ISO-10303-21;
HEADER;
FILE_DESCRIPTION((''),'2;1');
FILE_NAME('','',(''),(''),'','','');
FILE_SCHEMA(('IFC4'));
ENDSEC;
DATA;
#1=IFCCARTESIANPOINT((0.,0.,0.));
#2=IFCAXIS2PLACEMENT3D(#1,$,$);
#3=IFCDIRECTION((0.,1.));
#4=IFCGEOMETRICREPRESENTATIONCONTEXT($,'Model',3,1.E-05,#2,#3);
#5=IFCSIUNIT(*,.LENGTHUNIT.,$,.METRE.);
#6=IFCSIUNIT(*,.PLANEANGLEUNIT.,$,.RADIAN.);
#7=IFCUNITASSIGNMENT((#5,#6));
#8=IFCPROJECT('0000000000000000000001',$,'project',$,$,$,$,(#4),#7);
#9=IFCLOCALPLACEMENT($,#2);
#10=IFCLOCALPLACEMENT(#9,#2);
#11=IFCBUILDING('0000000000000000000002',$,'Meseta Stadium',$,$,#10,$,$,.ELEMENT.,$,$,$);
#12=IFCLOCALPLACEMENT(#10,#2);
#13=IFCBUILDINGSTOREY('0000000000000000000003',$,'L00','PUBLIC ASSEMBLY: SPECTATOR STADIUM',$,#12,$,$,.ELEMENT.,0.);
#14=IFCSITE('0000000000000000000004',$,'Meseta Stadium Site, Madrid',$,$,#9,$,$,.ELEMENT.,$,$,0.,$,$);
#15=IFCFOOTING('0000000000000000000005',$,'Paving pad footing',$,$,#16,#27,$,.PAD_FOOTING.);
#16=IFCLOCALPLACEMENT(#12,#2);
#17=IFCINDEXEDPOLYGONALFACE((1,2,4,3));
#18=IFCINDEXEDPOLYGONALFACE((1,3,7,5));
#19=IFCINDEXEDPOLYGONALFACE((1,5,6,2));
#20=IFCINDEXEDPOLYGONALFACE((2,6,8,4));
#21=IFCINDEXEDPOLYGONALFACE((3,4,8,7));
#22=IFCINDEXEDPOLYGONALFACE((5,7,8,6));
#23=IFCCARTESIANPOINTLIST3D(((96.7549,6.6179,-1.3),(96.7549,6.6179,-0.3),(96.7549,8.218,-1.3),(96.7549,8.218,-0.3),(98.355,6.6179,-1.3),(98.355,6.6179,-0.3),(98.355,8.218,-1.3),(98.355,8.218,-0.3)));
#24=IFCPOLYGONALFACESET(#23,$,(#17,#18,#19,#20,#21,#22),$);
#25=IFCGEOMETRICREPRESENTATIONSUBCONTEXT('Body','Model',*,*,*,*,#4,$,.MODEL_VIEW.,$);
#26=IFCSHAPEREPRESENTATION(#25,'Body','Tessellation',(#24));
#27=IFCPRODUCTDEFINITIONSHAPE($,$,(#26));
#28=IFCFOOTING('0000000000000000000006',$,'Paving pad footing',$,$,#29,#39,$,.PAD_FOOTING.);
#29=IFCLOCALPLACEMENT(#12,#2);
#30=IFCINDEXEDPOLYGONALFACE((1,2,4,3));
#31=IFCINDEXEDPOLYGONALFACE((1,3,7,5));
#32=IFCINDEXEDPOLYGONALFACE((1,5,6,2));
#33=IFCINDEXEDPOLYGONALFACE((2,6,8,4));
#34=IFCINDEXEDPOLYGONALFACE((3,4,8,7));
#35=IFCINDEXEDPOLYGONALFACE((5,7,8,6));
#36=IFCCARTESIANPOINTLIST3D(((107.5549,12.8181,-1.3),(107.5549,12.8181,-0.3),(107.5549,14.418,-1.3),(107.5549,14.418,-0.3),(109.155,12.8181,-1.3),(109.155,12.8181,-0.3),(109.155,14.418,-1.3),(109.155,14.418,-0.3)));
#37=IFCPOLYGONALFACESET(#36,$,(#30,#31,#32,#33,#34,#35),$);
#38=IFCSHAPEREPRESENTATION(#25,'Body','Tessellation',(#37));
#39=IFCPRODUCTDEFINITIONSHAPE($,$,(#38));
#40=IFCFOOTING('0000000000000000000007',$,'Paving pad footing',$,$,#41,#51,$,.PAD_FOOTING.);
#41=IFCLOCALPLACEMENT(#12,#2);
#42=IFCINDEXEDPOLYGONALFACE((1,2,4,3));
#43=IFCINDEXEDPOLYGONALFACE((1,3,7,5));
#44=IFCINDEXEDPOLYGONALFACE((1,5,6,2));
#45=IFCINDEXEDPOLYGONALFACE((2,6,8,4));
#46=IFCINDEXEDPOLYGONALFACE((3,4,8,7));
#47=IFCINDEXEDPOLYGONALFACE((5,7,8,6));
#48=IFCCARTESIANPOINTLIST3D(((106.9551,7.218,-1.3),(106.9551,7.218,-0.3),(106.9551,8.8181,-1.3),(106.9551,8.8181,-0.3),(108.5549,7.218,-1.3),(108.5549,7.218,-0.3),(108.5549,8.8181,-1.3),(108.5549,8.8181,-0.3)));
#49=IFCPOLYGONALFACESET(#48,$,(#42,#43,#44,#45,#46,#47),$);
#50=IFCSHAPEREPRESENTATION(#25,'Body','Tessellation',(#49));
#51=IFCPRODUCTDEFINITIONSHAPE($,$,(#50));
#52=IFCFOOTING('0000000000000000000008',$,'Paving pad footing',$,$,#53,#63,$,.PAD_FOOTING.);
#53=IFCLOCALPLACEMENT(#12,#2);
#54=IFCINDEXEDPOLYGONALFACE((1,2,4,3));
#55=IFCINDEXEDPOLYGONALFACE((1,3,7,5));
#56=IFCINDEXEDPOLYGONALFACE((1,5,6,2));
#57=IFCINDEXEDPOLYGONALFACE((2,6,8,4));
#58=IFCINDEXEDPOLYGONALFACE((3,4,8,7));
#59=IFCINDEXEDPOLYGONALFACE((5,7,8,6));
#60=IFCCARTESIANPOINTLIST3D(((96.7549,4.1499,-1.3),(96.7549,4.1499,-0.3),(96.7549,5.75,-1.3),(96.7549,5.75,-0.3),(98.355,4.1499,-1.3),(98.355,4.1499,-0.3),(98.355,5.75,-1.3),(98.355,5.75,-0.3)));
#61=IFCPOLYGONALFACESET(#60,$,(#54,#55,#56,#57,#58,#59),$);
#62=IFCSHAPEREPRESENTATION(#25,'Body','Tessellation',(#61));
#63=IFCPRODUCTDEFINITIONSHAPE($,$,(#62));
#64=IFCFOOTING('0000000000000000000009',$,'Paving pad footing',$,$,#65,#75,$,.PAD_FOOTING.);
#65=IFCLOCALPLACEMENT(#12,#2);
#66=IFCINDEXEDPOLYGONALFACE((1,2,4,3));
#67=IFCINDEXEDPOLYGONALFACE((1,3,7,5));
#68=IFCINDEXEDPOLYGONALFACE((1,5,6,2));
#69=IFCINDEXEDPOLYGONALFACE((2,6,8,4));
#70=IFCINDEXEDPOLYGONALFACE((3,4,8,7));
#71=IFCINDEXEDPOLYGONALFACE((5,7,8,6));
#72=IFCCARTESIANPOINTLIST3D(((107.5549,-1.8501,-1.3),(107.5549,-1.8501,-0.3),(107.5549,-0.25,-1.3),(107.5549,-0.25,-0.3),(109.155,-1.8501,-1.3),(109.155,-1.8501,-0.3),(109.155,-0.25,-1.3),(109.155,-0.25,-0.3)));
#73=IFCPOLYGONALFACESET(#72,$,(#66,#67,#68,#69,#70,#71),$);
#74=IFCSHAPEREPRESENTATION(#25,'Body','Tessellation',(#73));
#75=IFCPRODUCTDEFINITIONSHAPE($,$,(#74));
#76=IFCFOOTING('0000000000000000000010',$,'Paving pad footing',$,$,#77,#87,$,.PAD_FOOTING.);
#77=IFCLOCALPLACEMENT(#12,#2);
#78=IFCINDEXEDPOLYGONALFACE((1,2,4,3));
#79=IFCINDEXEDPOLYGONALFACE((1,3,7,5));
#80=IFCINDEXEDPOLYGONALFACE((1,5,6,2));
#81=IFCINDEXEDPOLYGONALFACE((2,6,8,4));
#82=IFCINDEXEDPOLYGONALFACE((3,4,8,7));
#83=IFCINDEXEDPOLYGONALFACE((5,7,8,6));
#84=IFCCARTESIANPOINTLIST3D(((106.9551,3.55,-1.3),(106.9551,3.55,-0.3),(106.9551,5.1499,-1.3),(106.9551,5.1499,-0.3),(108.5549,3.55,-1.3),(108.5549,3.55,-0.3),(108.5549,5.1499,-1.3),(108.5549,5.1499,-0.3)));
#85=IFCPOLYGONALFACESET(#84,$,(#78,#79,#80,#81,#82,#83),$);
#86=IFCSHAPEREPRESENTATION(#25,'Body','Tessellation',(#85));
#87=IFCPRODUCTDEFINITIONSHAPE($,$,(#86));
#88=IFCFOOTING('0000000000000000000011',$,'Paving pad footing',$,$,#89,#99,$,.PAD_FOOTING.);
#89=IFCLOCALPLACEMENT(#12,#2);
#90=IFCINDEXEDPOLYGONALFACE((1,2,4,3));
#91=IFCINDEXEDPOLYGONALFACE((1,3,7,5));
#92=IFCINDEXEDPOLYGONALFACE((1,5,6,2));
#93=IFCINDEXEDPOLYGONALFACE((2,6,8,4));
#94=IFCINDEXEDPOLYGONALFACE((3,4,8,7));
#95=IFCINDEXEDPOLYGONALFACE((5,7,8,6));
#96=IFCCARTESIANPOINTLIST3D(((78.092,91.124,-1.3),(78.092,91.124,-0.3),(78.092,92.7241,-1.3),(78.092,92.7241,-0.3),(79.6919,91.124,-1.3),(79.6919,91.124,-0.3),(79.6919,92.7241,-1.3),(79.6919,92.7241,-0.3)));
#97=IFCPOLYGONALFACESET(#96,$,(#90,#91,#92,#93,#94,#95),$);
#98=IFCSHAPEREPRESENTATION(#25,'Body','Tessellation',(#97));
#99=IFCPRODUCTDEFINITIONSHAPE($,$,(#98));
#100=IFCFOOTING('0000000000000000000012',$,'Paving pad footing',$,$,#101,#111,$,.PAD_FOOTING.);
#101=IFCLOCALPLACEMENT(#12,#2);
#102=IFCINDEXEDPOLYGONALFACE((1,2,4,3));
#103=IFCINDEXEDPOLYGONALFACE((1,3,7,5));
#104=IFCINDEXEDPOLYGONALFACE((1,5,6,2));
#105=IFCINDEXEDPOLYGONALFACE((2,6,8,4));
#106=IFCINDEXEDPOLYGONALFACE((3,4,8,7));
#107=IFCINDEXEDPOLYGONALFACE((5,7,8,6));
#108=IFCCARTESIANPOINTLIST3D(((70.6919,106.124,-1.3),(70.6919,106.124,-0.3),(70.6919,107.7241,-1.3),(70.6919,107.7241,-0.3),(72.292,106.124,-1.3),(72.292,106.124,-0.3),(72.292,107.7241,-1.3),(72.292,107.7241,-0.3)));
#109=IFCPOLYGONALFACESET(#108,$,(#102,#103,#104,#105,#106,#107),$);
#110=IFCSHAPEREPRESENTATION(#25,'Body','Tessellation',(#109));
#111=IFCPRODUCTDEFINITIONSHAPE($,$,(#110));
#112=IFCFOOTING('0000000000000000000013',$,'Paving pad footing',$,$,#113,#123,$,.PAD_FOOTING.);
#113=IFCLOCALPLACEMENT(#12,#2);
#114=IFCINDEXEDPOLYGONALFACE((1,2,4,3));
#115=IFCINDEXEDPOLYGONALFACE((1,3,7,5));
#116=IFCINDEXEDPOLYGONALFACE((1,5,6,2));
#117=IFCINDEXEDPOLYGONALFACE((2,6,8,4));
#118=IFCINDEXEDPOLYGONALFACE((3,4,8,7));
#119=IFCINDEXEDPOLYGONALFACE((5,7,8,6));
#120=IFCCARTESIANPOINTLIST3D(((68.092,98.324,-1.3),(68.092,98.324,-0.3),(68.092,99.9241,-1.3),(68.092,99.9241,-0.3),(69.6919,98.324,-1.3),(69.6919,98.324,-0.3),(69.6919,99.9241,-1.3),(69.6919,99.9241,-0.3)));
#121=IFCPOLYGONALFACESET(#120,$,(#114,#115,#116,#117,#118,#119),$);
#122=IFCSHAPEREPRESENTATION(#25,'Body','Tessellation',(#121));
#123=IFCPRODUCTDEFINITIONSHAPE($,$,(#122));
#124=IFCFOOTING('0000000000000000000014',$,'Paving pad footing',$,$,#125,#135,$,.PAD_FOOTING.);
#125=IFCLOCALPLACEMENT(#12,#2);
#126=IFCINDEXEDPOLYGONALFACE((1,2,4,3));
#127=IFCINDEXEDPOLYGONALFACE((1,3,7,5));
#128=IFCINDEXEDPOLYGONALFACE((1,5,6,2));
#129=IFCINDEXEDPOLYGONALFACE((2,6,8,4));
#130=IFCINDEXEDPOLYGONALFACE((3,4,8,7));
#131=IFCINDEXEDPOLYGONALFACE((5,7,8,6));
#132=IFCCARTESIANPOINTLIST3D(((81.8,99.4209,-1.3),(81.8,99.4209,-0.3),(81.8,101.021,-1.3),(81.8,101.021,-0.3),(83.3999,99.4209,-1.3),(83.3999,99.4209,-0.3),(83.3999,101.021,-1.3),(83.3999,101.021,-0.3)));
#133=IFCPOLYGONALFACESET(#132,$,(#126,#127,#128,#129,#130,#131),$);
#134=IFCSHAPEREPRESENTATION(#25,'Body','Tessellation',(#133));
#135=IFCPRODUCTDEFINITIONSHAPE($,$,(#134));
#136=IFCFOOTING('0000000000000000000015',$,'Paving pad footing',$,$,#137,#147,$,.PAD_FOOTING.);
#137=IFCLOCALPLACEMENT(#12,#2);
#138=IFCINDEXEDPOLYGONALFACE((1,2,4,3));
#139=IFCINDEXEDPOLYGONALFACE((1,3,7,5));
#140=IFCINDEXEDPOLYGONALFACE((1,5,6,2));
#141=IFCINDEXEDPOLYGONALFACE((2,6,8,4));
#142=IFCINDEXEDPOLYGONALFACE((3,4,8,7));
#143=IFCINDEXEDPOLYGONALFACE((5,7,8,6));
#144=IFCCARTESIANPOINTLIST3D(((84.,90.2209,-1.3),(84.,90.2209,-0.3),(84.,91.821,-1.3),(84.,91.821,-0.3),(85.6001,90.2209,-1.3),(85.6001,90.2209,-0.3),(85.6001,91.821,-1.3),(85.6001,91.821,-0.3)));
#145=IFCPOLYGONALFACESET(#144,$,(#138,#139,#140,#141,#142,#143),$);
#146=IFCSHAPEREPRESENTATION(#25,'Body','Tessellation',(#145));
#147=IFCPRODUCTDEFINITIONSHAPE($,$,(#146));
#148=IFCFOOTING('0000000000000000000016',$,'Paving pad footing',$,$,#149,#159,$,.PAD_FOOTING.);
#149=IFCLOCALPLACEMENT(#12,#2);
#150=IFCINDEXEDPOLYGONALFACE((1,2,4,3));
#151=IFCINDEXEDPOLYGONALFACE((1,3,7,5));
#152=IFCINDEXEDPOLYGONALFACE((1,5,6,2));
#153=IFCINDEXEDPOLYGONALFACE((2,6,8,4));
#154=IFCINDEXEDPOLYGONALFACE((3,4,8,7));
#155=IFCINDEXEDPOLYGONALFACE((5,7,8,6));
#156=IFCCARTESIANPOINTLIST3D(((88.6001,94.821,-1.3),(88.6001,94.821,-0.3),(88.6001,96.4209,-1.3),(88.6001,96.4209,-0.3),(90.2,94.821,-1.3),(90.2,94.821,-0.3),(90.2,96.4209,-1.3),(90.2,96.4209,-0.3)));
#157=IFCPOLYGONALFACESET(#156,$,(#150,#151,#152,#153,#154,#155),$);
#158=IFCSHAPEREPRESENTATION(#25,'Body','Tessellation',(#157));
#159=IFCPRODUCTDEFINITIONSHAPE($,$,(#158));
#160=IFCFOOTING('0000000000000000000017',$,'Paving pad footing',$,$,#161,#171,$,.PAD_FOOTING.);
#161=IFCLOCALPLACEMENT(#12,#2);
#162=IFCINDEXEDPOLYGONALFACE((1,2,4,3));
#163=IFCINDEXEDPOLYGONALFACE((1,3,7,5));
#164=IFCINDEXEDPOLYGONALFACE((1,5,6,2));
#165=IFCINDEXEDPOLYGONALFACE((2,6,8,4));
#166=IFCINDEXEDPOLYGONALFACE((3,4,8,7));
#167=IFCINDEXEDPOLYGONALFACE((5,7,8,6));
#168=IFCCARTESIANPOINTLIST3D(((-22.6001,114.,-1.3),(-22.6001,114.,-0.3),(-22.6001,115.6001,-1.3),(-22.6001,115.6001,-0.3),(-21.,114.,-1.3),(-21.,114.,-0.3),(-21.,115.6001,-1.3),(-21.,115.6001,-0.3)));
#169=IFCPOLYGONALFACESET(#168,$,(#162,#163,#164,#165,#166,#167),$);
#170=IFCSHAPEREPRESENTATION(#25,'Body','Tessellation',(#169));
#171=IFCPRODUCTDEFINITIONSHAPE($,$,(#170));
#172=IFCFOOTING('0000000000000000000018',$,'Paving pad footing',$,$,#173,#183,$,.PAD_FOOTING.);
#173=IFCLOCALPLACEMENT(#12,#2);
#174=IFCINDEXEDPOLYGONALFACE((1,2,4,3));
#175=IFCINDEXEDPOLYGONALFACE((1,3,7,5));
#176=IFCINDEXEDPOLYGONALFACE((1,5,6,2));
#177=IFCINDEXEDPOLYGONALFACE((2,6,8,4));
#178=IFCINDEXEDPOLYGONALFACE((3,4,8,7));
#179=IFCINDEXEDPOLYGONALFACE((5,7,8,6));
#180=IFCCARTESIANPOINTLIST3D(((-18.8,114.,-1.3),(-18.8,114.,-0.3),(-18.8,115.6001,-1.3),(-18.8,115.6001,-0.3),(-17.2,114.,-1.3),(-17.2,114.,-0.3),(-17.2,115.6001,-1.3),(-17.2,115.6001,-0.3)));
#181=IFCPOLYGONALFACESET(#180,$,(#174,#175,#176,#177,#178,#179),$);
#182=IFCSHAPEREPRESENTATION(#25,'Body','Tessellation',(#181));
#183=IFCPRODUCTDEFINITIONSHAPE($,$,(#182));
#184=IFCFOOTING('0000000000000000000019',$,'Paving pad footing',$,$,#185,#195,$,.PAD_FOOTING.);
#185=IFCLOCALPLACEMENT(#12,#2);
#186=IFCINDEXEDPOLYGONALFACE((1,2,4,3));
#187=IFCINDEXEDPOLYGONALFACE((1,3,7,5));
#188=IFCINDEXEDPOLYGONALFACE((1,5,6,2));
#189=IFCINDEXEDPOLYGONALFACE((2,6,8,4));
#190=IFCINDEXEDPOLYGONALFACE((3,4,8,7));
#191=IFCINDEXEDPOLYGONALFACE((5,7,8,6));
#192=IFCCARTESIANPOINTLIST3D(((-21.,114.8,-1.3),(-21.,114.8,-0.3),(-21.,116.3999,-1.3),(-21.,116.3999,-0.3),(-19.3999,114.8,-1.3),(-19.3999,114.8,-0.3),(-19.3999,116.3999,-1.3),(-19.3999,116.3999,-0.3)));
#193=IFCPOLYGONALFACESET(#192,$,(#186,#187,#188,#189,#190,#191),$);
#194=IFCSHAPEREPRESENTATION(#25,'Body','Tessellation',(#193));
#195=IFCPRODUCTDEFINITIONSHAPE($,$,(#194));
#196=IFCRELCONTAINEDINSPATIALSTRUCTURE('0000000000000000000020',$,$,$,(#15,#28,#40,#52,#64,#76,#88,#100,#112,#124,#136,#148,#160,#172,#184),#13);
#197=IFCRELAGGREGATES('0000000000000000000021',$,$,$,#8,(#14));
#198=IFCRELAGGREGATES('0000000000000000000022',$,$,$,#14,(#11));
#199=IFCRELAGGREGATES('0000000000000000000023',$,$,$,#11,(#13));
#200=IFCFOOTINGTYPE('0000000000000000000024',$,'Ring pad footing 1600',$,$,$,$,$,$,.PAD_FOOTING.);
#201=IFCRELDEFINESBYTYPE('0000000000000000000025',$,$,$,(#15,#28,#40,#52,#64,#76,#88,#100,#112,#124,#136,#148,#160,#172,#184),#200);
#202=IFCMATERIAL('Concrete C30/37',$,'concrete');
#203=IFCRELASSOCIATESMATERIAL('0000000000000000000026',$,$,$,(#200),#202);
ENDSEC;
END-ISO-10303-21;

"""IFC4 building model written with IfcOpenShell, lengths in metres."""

from ifc_helpers import new_model, si_unit, direction, frame, origin, place, context, subcontext, project, spatial, polyline, outline, extrude, material, type_object, element, save


model = new_model("IFC4")

# Units and contexts
model_context = context("Model", 3, precision=1e-05, world=origin(), true_north=direction((0.0, 1.0)))
body_context = subcontext(model_context, "Body", "Model", "MODEL_VIEW")
ifc_project = project(units=[si_unit("LENGTHUNIT", "METRE"), si_unit("PLANEANGLEUNIT", "RADIAN")], contexts=[model_context])

# Site, building, storey
site_placement = place(None, origin())
site = spatial("IfcSite", under=ifc_project, at=site_placement, Name="Meseta Stadium Site, Madrid", CompositionType="ELEMENT", RefElevation=0.0)
building_placement = place(site_placement, origin())
building = spatial("IfcBuilding", under=site, at=building_placement, Name="Meseta Stadium", CompositionType="ELEMENT")
storey_placement = place(building_placement, origin())
storey = spatial("IfcBuildingStorey", under=building, at=storey_placement, Name="L00", Description="PUBLIC ASSEMBLY: SPECTATOR STADIUM", CompositionType="ELEMENT", Elevation=0.0)

# Footings
ifc_material_1 = material(Name="Concrete C30/37", Category="concrete")
footing_type_1 = type_object("IfcFootingType", Name="Ring pad footing 1600", PredefinedType="PAD_FOOTING", material=ifc_material_1)
footing_1_placement = place(storey_placement, frame((0.0, 0.0, -1.3)))
element("IfcFooting", 1, at=footing_1_placement, inside=storey, type_object=footing_type_1, Name="Paving pad footing", PredefinedType="PAD_FOOTING", context=body_context, shape_type="SweptSolid", body=[
    extrude(outline(polyline([(98.355, 6.6179), (98.355, 8.218), (96.7549, 8.218), (96.7549, 6.6179), (98.355, 6.6179)])), origin(), (0.0, 0.0, 1.0), 1.0),
])
footing_2_placement = place(storey_placement, frame((0.0, 0.0, -1.3)))
element("IfcFooting", 2, at=footing_2_placement, inside=storey, type_object=footing_type_1, Name="Paving pad footing", PredefinedType="PAD_FOOTING", context=body_context, shape_type="SweptSolid", body=[
    extrude(outline(polyline([(109.155, 12.8181), (109.155, 14.418), (107.5549, 14.418), (107.5549, 12.8181), (109.155, 12.8181)])), origin(), (0.0, 0.0, 1.0), 1.0),
])
footing_3_placement = place(storey_placement, frame((0.0, 0.0, -1.3)))
element("IfcFooting", 3, at=footing_3_placement, inside=storey, type_object=footing_type_1, Name="Paving pad footing", PredefinedType="PAD_FOOTING", context=body_context, shape_type="SweptSolid", body=[
    extrude(outline(polyline([(108.5549, 7.218), (108.5549, 8.8181), (106.9551, 8.8181), (106.9551, 7.218), (108.5549, 7.218)])), origin(), (0.0, 0.0, 1.0), 1.0),
])
footing_4_placement = place(storey_placement, frame((0.0, 0.0, -1.3)))
element("IfcFooting", 4, at=footing_4_placement, inside=storey, type_object=footing_type_1, Name="Paving pad footing", PredefinedType="PAD_FOOTING", context=body_context, shape_type="SweptSolid", body=[
    extrude(outline(polyline([(98.355, 4.1499), (98.355, 5.75), (96.7549, 5.75), (96.7549, 4.1499), (98.355, 4.1499)])), origin(), (0.0, 0.0, 1.0), 1.0),
])
footing_5_placement = place(storey_placement, frame((0.0, 0.0, -1.3)))
element("IfcFooting", 5, at=footing_5_placement, inside=storey, type_object=footing_type_1, Name="Paving pad footing", PredefinedType="PAD_FOOTING", context=body_context, shape_type="SweptSolid", body=[
    extrude(outline(polyline([(109.155, -1.8501), (109.155, -0.25), (107.5549, -0.25), (107.5549, -1.8501), (109.155, -1.8501)])), origin(), (0.0, 0.0, 1.0), 1.0),
])
footing_6_placement = place(storey_placement, frame((0.0, 0.0, -1.3)))
element("IfcFooting", 6, at=footing_6_placement, inside=storey, type_object=footing_type_1, Name="Paving pad footing", PredefinedType="PAD_FOOTING", context=body_context, shape_type="SweptSolid", body=[
    extrude(outline(polyline([(108.5549, 3.55), (108.5549, 5.1499), (106.9551, 5.1499), (106.9551, 3.55), (108.5549, 3.55)])), origin(), (0.0, 0.0, 1.0), 1.0),
])
footing_7_placement = place(storey_placement, frame((0.0, 0.0, -1.3)))
element("IfcFooting", 7, at=footing_7_placement, inside=storey, type_object=footing_type_1, Name="Paving pad footing", PredefinedType="PAD_FOOTING", context=body_context, shape_type="SweptSolid", body=[
    extrude(outline(polyline([(79.6919, 91.124), (79.6919, 92.7241), (78.092, 92.7241), (78.092, 91.124), (79.6919, 91.124)])), origin(), (0.0, 0.0, 1.0), 1.0),
])
footing_8_placement = place(storey_placement, frame((0.0, 0.0, -1.3)))
element("IfcFooting", 8, at=footing_8_placement, inside=storey, type_object=footing_type_1, Name="Paving pad footing", PredefinedType="PAD_FOOTING", context=body_context, shape_type="SweptSolid", body=[
    extrude(outline(polyline([(72.292, 106.124), (72.292, 107.7241), (70.6919, 107.7241), (70.6919, 106.124), (72.292, 106.124)])), origin(), (0.0, 0.0, 1.0), 1.0),
])
footing_9_placement = place(storey_placement, frame((0.0, 0.0, -1.3)))
element("IfcFooting", 9, at=footing_9_placement, inside=storey, type_object=footing_type_1, Name="Paving pad footing", PredefinedType="PAD_FOOTING", context=body_context, shape_type="SweptSolid", body=[
    extrude(outline(polyline([(69.6919, 98.324), (69.6919, 99.9241), (68.092, 99.9241), (68.092, 98.324), (69.6919, 98.324)])), origin(), (0.0, 0.0, 1.0), 1.0),
])
footing_10_placement = place(storey_placement, frame((0.0, 0.0, -1.3)))
element("IfcFooting", 10, at=footing_10_placement, inside=storey, type_object=footing_type_1, Name="Paving pad footing", PredefinedType="PAD_FOOTING", context=body_context, shape_type="SweptSolid", body=[
    extrude(outline(polyline([(83.3999, 99.4209), (83.3999, 101.021), (81.8, 101.021), (81.8, 99.4209), (83.3999, 99.4209)])), origin(), (0.0, 0.0, 1.0), 1.0),
])
footing_11_placement = place(storey_placement, frame((0.0, 0.0, -1.3)))
element("IfcFooting", 11, at=footing_11_placement, inside=storey, type_object=footing_type_1, Name="Paving pad footing", PredefinedType="PAD_FOOTING", context=body_context, shape_type="SweptSolid", body=[
    extrude(outline(polyline([(85.6001, 90.2209), (85.6001, 91.821), (84.0, 91.821), (84.0, 90.2209), (85.6001, 90.2209)])), origin(), (0.0, 0.0, 1.0), 1.0),
])
footing_12_placement = place(storey_placement, frame((0.0, 0.0, -1.3)))
element("IfcFooting", 12, at=footing_12_placement, inside=storey, type_object=footing_type_1, Name="Paving pad footing", PredefinedType="PAD_FOOTING", context=body_context, shape_type="SweptSolid", body=[
    extrude(outline(polyline([(90.2, 94.821), (90.2, 96.4209), (88.6001, 96.4209), (88.6001, 94.821), (90.2, 94.821)])), origin(), (0.0, 0.0, 1.0), 1.0),
])
footing_13_placement = place(storey_placement, frame((0.0, 0.0, -1.3)))
element("IfcFooting", 13, at=footing_13_placement, inside=storey, type_object=footing_type_1, Name="Paving pad footing", PredefinedType="PAD_FOOTING", context=body_context, shape_type="SweptSolid", body=[
    extrude(outline(polyline([(-21.0, 114.0), (-21.0, 115.6001), (-22.6001, 115.6001), (-22.6001, 114.0), (-21.0, 114.0)])), origin(), (0.0, 0.0, 1.0), 1.0),
])
footing_14_placement = place(storey_placement, frame((0.0, 0.0, -1.3)))
element("IfcFooting", 14, at=footing_14_placement, inside=storey, type_object=footing_type_1, Name="Paving pad footing", PredefinedType="PAD_FOOTING", context=body_context, shape_type="SweptSolid", body=[
    extrude(outline(polyline([(-17.2, 114.0), (-17.2, 115.6001), (-18.8, 115.6001), (-18.8, 114.0), (-17.2, 114.0)])), origin(), (0.0, 0.0, 1.0), 1.0),
])
footing_15_placement = place(storey_placement, frame((0.0, 0.0, -1.3)))
element("IfcFooting", 15, at=footing_15_placement, inside=storey, type_object=footing_type_1, Name="Paving pad footing", PredefinedType="PAD_FOOTING", context=body_context, shape_type="SweptSolid", body=[
    extrude(outline(polyline([(-19.3999, 114.8), (-19.3999, 116.3999), (-21.0, 116.3999), (-21.0, 114.8), (-19.3999, 114.8)])), origin(), (0.0, 0.0, 1.0), 1.0),
])

save(model, "model.ifc")
